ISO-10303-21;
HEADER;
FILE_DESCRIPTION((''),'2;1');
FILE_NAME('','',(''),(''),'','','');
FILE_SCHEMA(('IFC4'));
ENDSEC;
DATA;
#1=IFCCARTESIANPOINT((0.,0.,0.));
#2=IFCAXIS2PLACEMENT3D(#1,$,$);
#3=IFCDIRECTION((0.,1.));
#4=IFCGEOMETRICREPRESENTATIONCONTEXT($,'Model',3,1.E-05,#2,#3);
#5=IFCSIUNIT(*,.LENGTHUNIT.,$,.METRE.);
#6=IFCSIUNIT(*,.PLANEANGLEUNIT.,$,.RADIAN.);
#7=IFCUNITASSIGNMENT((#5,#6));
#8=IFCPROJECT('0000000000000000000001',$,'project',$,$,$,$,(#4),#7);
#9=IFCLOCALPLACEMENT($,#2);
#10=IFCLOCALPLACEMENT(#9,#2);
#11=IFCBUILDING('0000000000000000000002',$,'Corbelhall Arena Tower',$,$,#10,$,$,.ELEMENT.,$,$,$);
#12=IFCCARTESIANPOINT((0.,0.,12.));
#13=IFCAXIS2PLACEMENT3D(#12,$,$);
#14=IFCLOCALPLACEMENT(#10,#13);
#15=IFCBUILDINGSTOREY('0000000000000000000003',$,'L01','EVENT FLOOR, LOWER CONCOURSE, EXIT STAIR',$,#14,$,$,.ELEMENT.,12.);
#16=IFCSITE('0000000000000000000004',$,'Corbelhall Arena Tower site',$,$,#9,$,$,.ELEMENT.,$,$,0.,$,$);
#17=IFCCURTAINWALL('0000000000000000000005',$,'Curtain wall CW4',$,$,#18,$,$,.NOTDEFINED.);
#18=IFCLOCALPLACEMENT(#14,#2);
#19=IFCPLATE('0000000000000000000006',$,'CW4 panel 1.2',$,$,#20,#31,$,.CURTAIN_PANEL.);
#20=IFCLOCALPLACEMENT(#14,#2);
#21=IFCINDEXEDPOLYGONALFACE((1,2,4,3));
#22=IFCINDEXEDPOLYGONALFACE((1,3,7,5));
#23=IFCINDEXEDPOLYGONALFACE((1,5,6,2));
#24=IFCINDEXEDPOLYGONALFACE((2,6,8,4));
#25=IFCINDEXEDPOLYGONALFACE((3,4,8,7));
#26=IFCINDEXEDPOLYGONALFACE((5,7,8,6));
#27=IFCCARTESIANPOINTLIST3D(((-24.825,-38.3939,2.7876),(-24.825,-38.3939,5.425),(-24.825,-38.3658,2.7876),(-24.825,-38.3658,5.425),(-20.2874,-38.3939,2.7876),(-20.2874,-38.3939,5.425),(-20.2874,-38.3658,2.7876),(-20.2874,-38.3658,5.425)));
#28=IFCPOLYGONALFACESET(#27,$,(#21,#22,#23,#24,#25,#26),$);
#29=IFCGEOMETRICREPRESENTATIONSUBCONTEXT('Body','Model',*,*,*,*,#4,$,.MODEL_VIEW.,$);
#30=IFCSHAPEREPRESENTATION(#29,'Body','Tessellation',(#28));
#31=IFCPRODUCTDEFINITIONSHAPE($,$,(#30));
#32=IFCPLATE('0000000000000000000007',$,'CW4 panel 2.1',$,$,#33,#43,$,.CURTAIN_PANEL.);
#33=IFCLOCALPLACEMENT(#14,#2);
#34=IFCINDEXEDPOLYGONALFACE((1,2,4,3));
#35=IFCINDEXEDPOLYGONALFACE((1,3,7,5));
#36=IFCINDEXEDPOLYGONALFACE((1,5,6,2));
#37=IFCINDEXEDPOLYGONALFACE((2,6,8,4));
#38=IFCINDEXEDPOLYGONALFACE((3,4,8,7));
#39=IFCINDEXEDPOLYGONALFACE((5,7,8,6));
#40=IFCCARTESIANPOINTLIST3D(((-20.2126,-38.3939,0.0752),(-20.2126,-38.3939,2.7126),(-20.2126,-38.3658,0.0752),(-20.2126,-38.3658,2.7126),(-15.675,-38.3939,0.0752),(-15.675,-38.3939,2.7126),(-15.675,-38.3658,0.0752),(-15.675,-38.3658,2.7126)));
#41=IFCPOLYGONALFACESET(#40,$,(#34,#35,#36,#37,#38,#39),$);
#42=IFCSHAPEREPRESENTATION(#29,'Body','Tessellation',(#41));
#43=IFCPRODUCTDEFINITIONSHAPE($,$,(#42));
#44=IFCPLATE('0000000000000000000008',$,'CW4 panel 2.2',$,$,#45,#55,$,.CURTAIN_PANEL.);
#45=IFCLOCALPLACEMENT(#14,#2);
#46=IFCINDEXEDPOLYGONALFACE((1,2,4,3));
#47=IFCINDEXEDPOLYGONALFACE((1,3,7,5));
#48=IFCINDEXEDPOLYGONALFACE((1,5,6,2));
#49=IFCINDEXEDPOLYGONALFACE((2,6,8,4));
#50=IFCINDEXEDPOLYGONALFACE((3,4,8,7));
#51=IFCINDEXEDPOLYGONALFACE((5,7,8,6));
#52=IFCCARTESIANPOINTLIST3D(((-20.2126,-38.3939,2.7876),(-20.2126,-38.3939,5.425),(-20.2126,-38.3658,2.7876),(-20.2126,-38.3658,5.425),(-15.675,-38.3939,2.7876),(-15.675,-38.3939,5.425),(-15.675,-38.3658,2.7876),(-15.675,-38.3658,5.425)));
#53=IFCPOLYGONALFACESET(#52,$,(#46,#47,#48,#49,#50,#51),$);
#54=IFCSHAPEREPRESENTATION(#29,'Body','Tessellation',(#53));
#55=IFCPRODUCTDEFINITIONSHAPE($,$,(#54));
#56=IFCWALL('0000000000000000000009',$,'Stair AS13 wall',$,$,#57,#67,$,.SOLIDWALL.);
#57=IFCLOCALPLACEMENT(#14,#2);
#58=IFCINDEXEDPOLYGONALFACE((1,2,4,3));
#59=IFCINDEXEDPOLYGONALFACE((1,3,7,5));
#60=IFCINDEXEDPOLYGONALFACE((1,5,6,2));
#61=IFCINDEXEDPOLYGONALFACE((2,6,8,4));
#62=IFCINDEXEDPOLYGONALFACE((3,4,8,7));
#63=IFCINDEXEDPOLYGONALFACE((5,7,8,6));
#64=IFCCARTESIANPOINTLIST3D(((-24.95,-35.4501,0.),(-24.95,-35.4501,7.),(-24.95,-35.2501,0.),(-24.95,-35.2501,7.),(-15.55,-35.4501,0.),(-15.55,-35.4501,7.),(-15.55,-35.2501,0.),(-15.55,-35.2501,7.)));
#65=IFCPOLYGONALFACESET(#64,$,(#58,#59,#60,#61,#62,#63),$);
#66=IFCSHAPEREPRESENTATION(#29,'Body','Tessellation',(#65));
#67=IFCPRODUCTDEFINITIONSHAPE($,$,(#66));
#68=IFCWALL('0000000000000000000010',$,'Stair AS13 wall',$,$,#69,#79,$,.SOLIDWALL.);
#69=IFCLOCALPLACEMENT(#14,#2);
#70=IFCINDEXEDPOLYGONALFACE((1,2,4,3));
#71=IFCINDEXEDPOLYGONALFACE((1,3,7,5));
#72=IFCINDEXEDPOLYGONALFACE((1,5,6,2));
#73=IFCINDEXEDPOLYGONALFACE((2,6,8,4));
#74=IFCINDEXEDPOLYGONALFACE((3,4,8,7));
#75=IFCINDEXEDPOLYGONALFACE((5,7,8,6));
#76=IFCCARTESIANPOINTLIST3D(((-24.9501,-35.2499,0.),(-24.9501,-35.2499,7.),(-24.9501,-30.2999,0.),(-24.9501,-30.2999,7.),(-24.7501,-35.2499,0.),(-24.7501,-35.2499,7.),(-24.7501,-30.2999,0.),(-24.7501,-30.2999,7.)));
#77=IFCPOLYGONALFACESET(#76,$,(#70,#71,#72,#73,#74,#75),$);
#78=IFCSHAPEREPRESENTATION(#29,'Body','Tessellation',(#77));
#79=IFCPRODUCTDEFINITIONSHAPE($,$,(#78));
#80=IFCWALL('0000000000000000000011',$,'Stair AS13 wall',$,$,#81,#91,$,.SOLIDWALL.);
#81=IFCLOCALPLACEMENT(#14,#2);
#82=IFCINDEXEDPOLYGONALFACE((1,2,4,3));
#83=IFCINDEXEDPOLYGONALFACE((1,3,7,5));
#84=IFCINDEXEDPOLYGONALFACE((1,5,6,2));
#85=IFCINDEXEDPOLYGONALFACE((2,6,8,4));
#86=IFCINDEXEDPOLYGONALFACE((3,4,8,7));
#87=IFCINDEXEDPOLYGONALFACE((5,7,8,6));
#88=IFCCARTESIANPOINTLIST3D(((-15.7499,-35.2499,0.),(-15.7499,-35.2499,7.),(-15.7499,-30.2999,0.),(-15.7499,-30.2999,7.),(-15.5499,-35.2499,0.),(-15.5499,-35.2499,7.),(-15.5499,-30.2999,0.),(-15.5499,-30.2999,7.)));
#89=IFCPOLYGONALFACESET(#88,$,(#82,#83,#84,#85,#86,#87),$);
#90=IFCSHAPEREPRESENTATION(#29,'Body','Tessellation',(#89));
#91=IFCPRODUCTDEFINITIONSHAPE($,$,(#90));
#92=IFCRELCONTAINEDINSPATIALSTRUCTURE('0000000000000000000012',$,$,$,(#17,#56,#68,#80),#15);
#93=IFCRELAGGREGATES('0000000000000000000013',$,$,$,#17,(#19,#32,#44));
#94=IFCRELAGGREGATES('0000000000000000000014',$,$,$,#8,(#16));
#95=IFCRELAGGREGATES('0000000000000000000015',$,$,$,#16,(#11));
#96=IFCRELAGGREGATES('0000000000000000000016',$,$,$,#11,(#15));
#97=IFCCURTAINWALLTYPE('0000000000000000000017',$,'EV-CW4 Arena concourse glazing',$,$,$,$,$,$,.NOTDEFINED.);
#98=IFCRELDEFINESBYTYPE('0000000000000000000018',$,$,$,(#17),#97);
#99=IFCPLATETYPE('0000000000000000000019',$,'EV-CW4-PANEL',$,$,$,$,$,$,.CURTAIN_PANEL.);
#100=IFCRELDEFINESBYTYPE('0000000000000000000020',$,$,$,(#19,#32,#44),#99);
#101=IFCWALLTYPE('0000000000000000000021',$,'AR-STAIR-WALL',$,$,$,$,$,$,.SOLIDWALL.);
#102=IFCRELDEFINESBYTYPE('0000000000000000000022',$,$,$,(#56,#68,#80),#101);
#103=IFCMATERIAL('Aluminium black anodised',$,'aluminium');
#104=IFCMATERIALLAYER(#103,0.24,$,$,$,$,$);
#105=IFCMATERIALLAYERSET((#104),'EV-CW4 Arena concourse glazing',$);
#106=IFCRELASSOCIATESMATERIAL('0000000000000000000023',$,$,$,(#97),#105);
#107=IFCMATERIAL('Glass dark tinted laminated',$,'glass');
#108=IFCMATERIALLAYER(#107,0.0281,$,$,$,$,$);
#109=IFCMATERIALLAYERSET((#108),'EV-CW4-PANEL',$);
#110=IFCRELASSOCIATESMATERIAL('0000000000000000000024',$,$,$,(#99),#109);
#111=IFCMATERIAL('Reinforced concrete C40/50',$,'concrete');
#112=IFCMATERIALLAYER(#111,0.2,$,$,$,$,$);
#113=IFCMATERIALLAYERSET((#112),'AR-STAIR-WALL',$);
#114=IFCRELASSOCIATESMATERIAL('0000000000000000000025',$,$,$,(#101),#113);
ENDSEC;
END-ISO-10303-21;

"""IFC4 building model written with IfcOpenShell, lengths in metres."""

from ifc_helpers import new_model, si_unit, direction, frame, frame_2d, origin, origin_2d, place, context, subcontext, project, spatial, rectangle, extrude, material, layer, layer_set, type_object, element, aggregate, save


model = new_model("IFC4")

# Units and contexts
model_context = context("Model", 3, precision=1e-05, world=origin(), true_north=direction((0.0, 1.0)))
body_context = subcontext(model_context, "Body", "Model", "MODEL_VIEW")
ifc_project = project(units=[si_unit("LENGTHUNIT", "METRE"), si_unit("PLANEANGLEUNIT", "RADIAN")], contexts=[model_context])

# Site, building, storey
site_placement = place(None, origin())
site = spatial("IfcSite", under=ifc_project, at=site_placement, Name="Corbelhall Arena Tower site", CompositionType="ELEMENT", RefElevation=0.0)
building_placement = place(site_placement, origin())
building = spatial("IfcBuilding", under=site, at=building_placement, Name="Corbelhall Arena Tower", CompositionType="ELEMENT")
storey_placement = place(building_placement, frame((0.0, 0.0, 12.0)))
storey = spatial("IfcBuildingStorey", under=building, at=storey_placement, Name="L01", Description="EVENT FLOOR, LOWER CONCOURSE, EXIT STAIR", CompositionType="ELEMENT", Elevation=12.0)

# Curtain wall
ifc_material_1 = material(Name="Aluminium black anodised", Category="aluminium")
ifc_layer_1 = layer(ifc_material_1, 0.24)
ifc_layer_set_1 = layer_set([ifc_layer_1], Name="EV-CW4 Arena concourse glazing")
curtain_wall_type = type_object("IfcCurtainWallType", Name="EV-CW4 Arena concourse glazing", PredefinedType="NOTDEFINED", material=ifc_layer_set_1)
curtain_wall_placement = place(storey_placement, origin())
curtain_wall = element("IfcCurtainWall", 1, at=curtain_wall_placement, inside=storey, type_object=curtain_wall_type, Name="Curtain wall CW4", PredefinedType="NOTDEFINED")

# Plates
ifc_material_2 = material(Name="Glass dark tinted laminated", Category="glass")
ifc_layer_2 = layer(ifc_material_2, 0.0281)
ifc_layer_set_2 = layer_set([ifc_layer_2], Name="EV-CW4-PANEL")
plate_type = type_object("IfcPlateType", Name="EV-CW4-PANEL", PredefinedType="CURTAIN_PANEL", material=ifc_layer_set_2)
plate_1_placement = place(storey_placement, frame((-22.5562, -38.3799, 2.7876), z_axis=(0.0, 0.0, 1.0), x_axis=(1.0, 0.0, 0.0)))
plate_1 = element("IfcPlate", 2, at=plate_1_placement, type_object=plate_type, Name="CW4 panel 1.2", PredefinedType="CURTAIN_PANEL", context=body_context, shape_type="SweptSolid", body=[
    extrude(rectangle(XDim=4.5376, YDim=0.0281, at=origin_2d()), origin(), (0.0, 0.0, 1.0), 2.6375),
])
plate_2_placement = place(storey_placement, frame((-17.9438, -38.3799, 0.0752), z_axis=(0.0, 0.0, 1.0), x_axis=(1.0, 0.0, 0.0)))
plate_2 = element("IfcPlate", 3, at=plate_2_placement, type_object=plate_type, Name="CW4 panel 2.1", PredefinedType="CURTAIN_PANEL", context=body_context, shape_type="SweptSolid", body=[
    extrude(rectangle(XDim=4.5376, YDim=0.0281, at=origin_2d()), origin(), (0.0, 0.0, 1.0), 2.6375),
])
plate_3_placement = place(storey_placement, frame((-17.9438, -38.3799, 2.7876), z_axis=(0.0, 0.0, 1.0), x_axis=(1.0, 0.0, 0.0)))
plate_3 = element("IfcPlate", 4, at=plate_3_placement, type_object=plate_type, Name="CW4 panel 2.2", PredefinedType="CURTAIN_PANEL", context=body_context, shape_type="SweptSolid", body=[
    extrude(rectangle(XDim=4.5376, YDim=0.0281, at=origin_2d()), origin(), (0.0, 0.0, 1.0), 2.6375),
])
aggregate(curtain_wall, [plate_1, plate_2, plate_3])

# Walls
ifc_material_3 = material(Name="Reinforced concrete C40/50", Category="concrete")
ifc_layer_3 = layer(ifc_material_3, 0.2)
ifc_layer_set_3 = layer_set([ifc_layer_3], Name="AR-STAIR-WALL")
wall_type = type_object("IfcWallType", Name="AR-STAIR-WALL", PredefinedType="SOLIDWALL", material=ifc_layer_set_3)
wall_placement = place(storey_placement, frame((-24.95, -35.3501, 0.0), z_axis=(0.0, 0.0, 1.0), x_axis=(1.0, 0.0, 0.0)))
element("IfcWall", 5, at=wall_placement, inside=storey, type_object=wall_type, Name="Stair AS13 wall", PredefinedType="SOLIDWALL", context=body_context, shape_type="SweptSolid", body=[
    extrude(rectangle(XDim=9.3999, YDim=0.2, at=frame_2d((4.7, 0.0))), origin(), (0.0, 0.0, 1.0), 7.0),
])
for number, where, z_axis, x_axis, name in (
    (6, (-24.8501, -35.25, 0.0), (0.0, 0.0, 1.0), (0.0, 1.0, 0.0), "Stair AS13 wall"),
    (7, (-15.6499, -35.25, 0.0), (0.0, 0.0, 1.0), (0.0, 1.0, 0.0), "Stair AS13 wall"),
):
    element("IfcWall", number, at=place(storey_placement, frame(where, z_axis=z_axis, x_axis=x_axis)), inside=storey, type_object=wall_type, Name=name, PredefinedType="SOLIDWALL", context=body_context, shape_type="SweptSolid", body=[
        extrude(rectangle(XDim=4.95, YDim=0.2, at=frame_2d((2.4751, 0.0))), origin(), (0.0, 0.0, 1.0), 7.0),
    ])

save(model, "model.ifc")
